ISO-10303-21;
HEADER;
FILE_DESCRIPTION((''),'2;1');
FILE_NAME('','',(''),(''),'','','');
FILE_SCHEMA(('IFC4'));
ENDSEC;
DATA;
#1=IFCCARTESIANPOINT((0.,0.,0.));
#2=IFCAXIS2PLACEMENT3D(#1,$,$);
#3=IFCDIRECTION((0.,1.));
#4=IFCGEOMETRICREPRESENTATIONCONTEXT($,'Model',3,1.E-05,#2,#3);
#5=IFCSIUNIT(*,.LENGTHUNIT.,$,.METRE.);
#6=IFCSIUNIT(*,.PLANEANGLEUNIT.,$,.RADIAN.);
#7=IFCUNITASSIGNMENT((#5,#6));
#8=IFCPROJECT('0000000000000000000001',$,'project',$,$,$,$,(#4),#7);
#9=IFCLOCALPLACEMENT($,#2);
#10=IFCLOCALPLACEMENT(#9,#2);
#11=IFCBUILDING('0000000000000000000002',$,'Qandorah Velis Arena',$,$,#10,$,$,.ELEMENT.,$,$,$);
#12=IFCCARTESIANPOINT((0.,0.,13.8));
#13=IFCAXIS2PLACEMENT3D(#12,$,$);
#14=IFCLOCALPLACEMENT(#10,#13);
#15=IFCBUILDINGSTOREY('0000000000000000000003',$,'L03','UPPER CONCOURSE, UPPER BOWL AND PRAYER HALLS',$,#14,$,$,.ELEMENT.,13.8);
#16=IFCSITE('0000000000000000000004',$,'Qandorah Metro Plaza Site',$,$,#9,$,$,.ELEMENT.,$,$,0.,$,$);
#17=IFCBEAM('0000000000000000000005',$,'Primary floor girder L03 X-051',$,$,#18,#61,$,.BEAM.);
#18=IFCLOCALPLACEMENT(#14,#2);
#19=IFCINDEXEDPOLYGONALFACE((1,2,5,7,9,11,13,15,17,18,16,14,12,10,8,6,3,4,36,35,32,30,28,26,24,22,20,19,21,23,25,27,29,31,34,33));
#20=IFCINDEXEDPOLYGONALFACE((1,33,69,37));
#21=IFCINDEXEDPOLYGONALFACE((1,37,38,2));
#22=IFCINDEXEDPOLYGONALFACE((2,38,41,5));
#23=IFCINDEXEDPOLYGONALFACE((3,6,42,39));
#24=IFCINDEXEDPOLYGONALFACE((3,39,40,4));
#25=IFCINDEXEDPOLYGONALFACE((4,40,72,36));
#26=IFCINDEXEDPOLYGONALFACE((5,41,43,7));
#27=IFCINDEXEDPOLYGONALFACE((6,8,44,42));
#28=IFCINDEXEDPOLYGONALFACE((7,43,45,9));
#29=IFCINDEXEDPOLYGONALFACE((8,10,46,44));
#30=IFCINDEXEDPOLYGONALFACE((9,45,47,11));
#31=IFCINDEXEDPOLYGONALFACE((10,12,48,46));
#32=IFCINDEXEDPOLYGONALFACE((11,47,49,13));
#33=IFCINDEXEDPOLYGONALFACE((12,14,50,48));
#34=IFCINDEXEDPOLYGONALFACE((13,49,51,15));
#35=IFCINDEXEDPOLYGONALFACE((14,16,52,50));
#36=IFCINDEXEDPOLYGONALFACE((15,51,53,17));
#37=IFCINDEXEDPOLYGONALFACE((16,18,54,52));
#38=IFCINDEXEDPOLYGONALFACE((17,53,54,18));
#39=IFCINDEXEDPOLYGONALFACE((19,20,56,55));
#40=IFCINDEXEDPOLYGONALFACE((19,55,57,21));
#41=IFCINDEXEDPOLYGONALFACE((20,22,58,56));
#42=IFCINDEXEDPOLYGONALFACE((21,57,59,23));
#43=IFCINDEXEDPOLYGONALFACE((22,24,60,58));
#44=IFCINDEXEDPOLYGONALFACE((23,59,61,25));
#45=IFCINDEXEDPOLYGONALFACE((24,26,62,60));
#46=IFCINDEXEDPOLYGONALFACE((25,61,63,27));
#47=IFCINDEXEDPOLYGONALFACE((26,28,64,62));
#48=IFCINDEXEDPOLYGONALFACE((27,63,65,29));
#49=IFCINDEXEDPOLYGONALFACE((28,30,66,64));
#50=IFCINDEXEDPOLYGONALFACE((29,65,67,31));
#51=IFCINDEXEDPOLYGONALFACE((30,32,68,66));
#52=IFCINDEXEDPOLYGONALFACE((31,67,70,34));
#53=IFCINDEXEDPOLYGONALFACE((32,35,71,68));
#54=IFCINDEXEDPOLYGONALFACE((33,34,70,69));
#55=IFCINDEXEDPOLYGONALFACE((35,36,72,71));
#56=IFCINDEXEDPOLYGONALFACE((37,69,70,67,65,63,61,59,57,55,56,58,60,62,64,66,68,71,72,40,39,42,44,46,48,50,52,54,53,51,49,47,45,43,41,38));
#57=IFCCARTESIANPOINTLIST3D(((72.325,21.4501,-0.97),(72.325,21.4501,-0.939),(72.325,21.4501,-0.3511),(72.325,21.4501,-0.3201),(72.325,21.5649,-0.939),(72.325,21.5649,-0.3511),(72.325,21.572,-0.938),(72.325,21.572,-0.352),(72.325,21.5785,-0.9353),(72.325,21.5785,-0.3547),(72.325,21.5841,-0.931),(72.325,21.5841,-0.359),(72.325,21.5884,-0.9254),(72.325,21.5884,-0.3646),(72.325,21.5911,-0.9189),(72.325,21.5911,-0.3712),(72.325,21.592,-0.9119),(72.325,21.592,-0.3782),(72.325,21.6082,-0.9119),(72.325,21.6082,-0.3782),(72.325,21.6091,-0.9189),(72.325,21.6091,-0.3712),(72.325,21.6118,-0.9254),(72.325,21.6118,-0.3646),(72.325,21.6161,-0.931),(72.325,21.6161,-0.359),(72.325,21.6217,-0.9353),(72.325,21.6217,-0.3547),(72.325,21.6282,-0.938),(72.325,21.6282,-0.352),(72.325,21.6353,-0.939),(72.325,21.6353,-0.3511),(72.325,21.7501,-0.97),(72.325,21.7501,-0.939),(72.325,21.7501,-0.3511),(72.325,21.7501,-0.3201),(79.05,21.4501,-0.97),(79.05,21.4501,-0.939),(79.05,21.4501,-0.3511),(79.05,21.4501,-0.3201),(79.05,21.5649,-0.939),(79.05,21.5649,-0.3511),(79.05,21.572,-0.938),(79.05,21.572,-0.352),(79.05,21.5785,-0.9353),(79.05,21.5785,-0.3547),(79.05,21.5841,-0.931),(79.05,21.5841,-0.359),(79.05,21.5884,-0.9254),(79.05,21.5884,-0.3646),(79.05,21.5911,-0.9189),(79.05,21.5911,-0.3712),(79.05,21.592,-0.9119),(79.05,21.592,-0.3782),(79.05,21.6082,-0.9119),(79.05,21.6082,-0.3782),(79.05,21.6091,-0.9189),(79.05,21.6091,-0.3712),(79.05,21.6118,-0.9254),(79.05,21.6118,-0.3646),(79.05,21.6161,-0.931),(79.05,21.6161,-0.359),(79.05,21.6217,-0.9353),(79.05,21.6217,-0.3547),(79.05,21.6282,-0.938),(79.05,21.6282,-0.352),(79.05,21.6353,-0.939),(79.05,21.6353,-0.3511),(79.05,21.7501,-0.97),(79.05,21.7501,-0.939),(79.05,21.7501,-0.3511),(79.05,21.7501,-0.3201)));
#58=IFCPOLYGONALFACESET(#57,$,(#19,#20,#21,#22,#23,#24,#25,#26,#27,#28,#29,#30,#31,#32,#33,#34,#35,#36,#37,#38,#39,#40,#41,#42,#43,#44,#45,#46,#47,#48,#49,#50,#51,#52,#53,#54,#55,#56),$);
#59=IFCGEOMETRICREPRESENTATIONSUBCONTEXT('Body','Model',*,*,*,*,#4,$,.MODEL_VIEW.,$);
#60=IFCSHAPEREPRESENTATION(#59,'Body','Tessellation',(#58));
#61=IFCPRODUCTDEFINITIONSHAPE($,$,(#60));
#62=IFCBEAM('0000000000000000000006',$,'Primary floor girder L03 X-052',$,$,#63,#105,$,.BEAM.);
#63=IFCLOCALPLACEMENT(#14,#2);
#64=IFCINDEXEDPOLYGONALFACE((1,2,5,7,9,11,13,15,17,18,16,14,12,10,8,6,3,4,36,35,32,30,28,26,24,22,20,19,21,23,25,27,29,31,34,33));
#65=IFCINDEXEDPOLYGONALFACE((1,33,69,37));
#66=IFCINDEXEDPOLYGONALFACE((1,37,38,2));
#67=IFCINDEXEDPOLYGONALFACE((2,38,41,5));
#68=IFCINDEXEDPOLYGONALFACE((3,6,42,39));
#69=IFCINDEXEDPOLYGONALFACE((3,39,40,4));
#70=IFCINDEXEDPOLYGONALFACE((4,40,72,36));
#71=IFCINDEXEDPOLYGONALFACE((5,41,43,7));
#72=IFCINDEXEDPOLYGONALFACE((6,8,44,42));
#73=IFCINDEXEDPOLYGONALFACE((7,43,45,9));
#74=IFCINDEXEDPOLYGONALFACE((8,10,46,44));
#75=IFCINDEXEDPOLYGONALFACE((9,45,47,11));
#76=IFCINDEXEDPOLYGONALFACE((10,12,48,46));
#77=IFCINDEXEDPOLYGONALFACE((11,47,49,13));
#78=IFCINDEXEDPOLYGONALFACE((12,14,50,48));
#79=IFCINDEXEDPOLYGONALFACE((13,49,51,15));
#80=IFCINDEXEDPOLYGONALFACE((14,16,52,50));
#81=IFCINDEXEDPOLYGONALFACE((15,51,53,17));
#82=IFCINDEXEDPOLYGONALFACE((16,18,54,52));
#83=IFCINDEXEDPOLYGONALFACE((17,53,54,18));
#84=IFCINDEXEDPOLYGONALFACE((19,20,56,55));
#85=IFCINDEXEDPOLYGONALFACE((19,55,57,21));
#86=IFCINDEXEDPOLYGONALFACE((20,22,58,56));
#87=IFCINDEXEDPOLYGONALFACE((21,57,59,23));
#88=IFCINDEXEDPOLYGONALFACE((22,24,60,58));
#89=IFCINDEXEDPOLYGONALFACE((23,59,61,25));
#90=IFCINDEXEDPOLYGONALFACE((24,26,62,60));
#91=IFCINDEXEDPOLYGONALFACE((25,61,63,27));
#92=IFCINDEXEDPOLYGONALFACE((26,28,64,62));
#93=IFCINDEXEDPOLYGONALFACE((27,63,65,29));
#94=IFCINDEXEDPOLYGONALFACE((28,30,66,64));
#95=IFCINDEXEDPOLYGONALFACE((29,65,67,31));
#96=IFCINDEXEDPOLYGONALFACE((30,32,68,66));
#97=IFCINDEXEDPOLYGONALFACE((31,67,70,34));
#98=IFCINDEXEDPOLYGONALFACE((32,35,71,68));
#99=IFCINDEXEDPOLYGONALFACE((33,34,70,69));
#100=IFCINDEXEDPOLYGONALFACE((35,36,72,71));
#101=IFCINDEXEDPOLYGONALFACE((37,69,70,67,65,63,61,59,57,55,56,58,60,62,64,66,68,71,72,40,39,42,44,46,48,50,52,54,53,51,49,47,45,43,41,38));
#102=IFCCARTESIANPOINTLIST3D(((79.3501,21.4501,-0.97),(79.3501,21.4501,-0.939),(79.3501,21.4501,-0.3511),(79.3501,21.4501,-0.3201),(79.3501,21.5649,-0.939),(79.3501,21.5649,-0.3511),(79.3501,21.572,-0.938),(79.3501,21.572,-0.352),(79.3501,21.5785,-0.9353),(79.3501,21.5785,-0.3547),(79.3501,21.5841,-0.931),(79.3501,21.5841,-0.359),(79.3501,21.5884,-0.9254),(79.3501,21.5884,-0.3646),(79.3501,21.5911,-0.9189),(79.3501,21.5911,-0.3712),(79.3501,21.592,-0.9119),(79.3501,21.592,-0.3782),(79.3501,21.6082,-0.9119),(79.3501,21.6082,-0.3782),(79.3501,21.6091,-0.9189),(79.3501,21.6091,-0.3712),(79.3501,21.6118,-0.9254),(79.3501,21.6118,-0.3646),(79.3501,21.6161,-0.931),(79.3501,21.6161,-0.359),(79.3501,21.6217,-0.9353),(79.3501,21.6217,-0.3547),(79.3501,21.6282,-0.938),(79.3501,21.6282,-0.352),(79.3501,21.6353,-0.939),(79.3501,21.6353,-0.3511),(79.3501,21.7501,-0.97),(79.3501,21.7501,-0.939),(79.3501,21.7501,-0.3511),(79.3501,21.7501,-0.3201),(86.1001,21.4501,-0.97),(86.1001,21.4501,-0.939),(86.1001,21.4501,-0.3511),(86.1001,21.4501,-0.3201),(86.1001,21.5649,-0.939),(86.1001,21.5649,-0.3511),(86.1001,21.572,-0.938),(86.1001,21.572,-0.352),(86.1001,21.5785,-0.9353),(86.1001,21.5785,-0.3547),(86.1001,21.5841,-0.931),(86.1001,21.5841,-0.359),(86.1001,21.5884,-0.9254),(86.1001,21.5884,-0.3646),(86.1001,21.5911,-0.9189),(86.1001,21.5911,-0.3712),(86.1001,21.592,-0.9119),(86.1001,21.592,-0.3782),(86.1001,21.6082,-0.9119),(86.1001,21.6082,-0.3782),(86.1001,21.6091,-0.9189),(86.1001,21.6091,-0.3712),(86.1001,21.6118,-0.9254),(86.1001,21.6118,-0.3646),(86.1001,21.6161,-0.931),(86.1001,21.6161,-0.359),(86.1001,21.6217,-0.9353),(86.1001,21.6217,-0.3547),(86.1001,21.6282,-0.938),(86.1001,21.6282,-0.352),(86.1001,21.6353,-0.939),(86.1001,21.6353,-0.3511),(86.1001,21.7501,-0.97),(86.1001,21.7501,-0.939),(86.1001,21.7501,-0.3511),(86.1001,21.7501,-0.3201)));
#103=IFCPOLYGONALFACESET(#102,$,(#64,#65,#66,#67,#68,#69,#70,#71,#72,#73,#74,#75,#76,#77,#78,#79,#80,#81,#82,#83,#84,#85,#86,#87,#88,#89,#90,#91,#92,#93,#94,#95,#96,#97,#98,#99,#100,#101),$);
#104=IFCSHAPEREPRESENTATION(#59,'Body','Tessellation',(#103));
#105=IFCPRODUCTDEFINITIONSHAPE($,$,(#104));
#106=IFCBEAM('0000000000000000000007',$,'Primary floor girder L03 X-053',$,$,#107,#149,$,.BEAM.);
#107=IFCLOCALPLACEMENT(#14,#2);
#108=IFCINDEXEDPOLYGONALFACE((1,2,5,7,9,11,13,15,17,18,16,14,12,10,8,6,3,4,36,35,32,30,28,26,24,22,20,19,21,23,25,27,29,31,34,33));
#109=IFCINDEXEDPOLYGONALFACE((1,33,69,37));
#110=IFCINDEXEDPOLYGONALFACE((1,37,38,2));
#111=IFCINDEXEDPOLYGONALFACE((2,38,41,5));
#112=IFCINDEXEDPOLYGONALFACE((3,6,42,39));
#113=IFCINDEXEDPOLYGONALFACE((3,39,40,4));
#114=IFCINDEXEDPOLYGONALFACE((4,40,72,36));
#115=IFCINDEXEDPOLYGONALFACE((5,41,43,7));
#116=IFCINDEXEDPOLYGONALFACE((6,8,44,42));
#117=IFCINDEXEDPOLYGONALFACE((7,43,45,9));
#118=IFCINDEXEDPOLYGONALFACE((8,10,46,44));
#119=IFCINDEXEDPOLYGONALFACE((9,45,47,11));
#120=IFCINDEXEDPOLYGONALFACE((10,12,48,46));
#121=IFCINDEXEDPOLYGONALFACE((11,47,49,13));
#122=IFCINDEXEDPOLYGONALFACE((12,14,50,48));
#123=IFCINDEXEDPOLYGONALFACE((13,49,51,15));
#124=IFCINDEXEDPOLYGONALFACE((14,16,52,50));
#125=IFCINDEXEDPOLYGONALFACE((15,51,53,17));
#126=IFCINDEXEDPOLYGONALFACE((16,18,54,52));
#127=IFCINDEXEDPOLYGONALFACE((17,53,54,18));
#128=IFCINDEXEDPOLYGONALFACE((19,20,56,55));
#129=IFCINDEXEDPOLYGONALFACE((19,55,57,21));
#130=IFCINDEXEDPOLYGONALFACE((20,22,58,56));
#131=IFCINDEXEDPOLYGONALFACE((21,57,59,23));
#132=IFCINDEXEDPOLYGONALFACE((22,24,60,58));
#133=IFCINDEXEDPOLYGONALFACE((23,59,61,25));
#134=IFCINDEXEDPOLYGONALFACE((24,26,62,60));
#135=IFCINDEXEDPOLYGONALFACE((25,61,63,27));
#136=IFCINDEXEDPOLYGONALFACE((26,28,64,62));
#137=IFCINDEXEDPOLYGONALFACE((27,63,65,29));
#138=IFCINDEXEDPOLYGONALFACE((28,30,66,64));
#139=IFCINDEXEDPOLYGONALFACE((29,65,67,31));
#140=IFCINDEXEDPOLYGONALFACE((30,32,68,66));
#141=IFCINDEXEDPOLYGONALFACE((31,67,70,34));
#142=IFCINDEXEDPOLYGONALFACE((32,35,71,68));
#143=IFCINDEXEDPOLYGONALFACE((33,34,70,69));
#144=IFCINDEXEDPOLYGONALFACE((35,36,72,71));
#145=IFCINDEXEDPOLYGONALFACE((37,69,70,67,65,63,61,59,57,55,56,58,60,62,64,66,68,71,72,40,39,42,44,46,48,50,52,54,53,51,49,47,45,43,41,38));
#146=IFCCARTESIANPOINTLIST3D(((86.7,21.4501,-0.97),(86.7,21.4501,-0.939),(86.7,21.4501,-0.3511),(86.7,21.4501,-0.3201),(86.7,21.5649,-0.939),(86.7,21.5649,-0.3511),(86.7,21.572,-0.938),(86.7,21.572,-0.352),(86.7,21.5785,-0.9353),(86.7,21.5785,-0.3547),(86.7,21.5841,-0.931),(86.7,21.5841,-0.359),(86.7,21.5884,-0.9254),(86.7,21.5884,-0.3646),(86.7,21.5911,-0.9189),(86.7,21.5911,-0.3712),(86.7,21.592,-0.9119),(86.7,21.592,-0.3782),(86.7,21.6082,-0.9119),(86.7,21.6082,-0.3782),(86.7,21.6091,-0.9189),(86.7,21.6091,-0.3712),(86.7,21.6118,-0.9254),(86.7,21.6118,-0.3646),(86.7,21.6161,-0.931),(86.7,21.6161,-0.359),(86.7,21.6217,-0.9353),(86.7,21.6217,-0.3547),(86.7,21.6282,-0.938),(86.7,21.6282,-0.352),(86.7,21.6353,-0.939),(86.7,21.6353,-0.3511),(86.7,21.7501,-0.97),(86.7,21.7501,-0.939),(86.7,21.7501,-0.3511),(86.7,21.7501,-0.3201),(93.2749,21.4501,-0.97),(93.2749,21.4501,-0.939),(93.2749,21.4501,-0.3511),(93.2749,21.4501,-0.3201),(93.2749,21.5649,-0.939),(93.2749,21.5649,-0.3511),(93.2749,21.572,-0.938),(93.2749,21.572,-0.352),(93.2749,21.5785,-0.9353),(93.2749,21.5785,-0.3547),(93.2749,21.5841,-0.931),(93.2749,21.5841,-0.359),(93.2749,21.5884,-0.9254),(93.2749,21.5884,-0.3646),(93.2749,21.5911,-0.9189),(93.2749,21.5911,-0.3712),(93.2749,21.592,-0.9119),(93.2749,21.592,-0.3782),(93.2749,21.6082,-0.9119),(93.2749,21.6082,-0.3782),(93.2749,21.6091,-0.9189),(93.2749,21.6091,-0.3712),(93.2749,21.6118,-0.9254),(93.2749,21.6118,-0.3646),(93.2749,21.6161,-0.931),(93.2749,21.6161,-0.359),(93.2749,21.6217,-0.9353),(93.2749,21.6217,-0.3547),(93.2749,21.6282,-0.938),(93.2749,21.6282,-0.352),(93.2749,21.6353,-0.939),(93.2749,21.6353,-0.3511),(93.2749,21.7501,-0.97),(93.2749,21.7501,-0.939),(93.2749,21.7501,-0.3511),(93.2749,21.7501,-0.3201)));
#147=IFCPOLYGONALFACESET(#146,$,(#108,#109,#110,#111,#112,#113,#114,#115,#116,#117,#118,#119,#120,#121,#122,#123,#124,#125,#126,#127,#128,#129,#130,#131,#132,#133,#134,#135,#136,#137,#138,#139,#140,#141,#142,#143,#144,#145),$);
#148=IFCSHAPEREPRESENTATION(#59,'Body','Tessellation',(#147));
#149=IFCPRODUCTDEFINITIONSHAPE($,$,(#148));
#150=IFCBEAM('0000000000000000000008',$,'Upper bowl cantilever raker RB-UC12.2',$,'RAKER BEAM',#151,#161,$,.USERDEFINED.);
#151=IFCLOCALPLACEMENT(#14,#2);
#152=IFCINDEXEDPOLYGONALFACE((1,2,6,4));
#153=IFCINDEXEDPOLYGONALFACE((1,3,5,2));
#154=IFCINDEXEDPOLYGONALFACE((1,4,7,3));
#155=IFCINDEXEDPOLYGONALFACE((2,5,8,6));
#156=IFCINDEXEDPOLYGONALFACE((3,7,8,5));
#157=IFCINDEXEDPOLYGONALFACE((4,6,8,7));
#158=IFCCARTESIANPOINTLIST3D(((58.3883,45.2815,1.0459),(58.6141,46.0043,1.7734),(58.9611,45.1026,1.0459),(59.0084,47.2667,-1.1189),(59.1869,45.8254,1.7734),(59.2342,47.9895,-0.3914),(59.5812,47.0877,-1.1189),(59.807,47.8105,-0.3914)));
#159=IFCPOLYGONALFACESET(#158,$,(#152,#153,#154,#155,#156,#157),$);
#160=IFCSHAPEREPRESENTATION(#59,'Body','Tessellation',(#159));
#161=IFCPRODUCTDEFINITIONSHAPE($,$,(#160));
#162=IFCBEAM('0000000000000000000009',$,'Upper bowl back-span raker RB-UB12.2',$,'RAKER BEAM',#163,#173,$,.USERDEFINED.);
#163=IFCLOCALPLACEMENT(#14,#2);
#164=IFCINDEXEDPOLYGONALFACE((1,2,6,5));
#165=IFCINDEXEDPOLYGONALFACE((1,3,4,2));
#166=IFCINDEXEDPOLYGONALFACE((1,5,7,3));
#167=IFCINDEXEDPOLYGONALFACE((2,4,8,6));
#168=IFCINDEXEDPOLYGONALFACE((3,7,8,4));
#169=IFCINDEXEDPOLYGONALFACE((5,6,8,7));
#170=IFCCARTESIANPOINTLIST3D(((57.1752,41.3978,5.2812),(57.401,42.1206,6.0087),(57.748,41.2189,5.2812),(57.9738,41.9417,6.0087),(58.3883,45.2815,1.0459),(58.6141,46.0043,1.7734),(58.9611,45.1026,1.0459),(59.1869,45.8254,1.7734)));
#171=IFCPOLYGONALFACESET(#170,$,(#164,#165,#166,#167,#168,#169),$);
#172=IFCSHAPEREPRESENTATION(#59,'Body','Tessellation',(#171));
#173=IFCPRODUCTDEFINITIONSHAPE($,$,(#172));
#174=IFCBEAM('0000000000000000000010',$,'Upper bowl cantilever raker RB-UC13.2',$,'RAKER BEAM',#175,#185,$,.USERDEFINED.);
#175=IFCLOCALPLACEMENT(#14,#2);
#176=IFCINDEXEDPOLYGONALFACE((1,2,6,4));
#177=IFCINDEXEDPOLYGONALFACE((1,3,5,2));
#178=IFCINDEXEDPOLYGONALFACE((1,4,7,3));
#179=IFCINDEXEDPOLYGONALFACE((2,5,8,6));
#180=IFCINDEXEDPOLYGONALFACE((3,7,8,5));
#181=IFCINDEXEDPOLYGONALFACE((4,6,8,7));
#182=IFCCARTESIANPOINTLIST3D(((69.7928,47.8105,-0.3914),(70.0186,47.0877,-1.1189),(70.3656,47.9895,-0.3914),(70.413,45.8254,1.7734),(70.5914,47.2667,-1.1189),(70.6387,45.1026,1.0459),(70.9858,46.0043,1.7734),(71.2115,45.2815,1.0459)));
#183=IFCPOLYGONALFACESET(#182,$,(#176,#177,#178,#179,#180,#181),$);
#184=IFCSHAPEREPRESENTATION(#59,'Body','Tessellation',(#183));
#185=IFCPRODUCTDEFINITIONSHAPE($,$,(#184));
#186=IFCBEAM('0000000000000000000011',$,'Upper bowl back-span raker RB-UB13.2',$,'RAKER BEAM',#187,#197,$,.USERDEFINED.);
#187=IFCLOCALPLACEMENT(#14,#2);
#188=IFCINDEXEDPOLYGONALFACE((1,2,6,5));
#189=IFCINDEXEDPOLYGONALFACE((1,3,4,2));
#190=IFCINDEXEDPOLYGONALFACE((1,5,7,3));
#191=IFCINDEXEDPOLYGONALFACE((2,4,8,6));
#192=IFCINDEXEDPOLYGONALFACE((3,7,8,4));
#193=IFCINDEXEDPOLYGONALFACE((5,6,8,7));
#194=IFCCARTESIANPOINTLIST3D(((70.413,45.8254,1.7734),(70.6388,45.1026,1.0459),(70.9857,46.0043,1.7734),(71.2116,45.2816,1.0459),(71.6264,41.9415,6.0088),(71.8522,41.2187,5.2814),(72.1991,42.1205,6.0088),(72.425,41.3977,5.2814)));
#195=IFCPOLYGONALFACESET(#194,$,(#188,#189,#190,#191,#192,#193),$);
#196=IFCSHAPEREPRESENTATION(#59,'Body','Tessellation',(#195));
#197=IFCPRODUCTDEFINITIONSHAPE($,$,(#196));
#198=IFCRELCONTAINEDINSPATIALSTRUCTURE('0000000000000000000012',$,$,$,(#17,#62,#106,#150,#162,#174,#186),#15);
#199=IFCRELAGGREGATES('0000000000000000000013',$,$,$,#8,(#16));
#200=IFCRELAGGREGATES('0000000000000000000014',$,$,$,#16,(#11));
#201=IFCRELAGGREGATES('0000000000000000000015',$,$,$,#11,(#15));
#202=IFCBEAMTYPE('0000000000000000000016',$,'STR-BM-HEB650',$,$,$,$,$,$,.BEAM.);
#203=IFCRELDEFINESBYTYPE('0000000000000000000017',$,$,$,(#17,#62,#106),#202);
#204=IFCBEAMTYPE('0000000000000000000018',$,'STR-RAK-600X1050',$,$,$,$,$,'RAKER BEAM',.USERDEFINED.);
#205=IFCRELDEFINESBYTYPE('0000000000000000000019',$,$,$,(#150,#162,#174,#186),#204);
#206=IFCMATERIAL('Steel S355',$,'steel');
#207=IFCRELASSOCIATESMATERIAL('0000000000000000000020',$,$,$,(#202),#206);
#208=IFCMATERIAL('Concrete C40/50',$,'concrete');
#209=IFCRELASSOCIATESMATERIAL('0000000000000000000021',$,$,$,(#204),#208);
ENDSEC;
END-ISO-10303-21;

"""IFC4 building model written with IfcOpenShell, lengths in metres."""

from ifc_helpers import new_model, si_unit, direction, frame, origin, origin_2d, place, context, subcontext, project, spatial, rectangle, i_section, extrude, material, material_profile, profile_set, type_object, element, save


model = new_model("IFC4")

# Units and contexts
model_context = context("Model", 3, precision=1e-05, world=origin(), true_north=direction((0.0, 1.0)))
body_context = subcontext(model_context, "Body", "Model", "MODEL_VIEW")
ifc_project = project(units=[si_unit("LENGTHUNIT", "METRE"), si_unit("PLANEANGLEUNIT", "RADIAN")], contexts=[model_context])

# Site, building, storey
site_placement = place(None, origin())
site = spatial("IfcSite", under=ifc_project, at=site_placement, Name="Qandorah Metro Plaza Site", CompositionType="ELEMENT", RefElevation=0.0)
building_placement = place(site_placement, origin())
building = spatial("IfcBuilding", under=site, at=building_placement, Name="Qandorah Velis Arena", CompositionType="ELEMENT")
storey_placement = place(building_placement, frame((0.0, 0.0, 13.8)))
storey = spatial("IfcBuildingStorey", under=building, at=storey_placement, Name="L03", Description="UPPER CONCOURSE, UPPER BOWL AND PRAYER HALLS", CompositionType="ELEMENT", Elevation=13.8)

# Shared definitions
ifc_material_1 = material(Name="Concrete C40/50", Category="concrete")

# Beams
ifc_material_2 = material(Name="Steel S355", Category="steel")
ifc_material_profile_1 = material_profile(ifc_material_2, i_section(OverallWidth=0.3, OverallDepth=0.6499, WebThickness=0.0161, FlangeThickness=0.031, FilletRadius=0.0271, at=origin_2d()), Name="HEB 650")
ifc_profile_set_1 = profile_set([ifc_material_profile_1], Name="Steel S355")
beam_type_1 = type_object("IfcBeamType", Name="STR-BM-HEB650", PredefinedType="BEAM", material=ifc_profile_set_1)
beam_1_placement = place(storey_placement, frame((72.325, 21.6001, -0.645), z_axis=(1.0, 0.0, 0.0), x_axis=(0.0, 1.0, 0.0)))
element("IfcBeam", 1, at=beam_1_placement, inside=storey, type_object=beam_type_1, Name="Primary floor girder L03 X-051", PredefinedType="BEAM", context=body_context, shape_type="SweptSolid", body=[
    extrude(i_section(OverallWidth=0.3, OverallDepth=0.6499, WebThickness=0.0161, FlangeThickness=0.031, FilletRadius=0.0271, at=origin_2d()), origin(), (0.0, 0.0, 1.0), 6.7251),
])
beam_2_placement = place(storey_placement, frame((79.3501, 21.6001, -0.645), z_axis=(1.0, 0.0, 0.0), x_axis=(0.0, 1.0, 0.0)))
element("IfcBeam", 2, at=beam_2_placement, inside=storey, type_object=beam_type_1, Name="Primary floor girder L03 X-052", PredefinedType="BEAM", context=body_context, shape_type="SweptSolid", body=[
    extrude(i_section(OverallWidth=0.3, OverallDepth=0.6499, WebThickness=0.0161, FlangeThickness=0.031, FilletRadius=0.0271, at=origin_2d()), origin(), (0.0, 0.0, 1.0), 6.75),
])
beam_3_placement = place(storey_placement, frame((86.7, 21.6001, -0.645), z_axis=(1.0, 0.0, 0.0), x_axis=(0.0, 1.0, 0.0)))
element("IfcBeam", 3, at=beam_3_placement, inside=storey, type_object=beam_type_1, Name="Primary floor girder L03 X-053", PredefinedType="BEAM", context=body_context, shape_type="SweptSolid", body=[
    extrude(i_section(OverallWidth=0.3, OverallDepth=0.6499, WebThickness=0.0161, FlangeThickness=0.031, FilletRadius=0.0271, at=origin_2d()), origin(), (0.0, 0.0, 1.0), 6.575),
])
ifc_material_profile_2 = material_profile(ifc_material_1, rectangle(XDim=0.6001, YDim=1.05, at=origin_2d()), Name="RC RAKER 600x1050")
ifc_profile_set_2 = profile_set([ifc_material_profile_2], Name="Concrete C40/50")
beam_type_2 = type_object("IfcBeamType", Name="STR-RAK-600X1050", ElementType="RAKER BEAM", PredefinedType="USERDEFINED", material=ifc_profile_set_2)
beam_4_placement = place(storey_placement, frame((58.7876, 45.5535, 1.4097), z_axis=(0.206573, 0.661279, -0.721136), x_axis=(-0.954511, 0.298175, 0.0)))
element("IfcBeam", 4, at=beam_4_placement, inside=storey, type_object=beam_type_2, Name="Upper bowl cantilever raker RB-UC12.2", ObjectType="RAKER BEAM", PredefinedType="USERDEFINED", context=body_context, shape_type="SweptSolid", body=[
    extrude(rectangle(XDim=0.6001, YDim=1.05, at=origin_2d()), origin(), (0.0, 0.0, 1.0), 3.002),
])
beam_5_placement = place(storey_placement, frame((58.7876, 45.5535, 1.4097), z_axis=(-0.206557, -0.66128, 0.72114), x_axis=(0.954518, -0.298152, 0.0)))
element("IfcBeam", 5, at=beam_5_placement, inside=storey, type_object=beam_type_2, Name="Upper bowl back-span raker RB-UB12.2", ObjectType="RAKER BEAM", PredefinedType="USERDEFINED", context=body_context, shape_type="SweptSolid", body=[
    extrude(rectangle(XDim=0.6001, YDim=1.05, at=origin_2d()), origin(), (0.0, 0.0, 1.0), 5.873),
])
beam_6_placement = place(storey_placement, frame((70.8123, 45.5535, 1.4097), z_axis=(-0.206573, 0.661279, -0.721136), x_axis=(-0.954511, -0.298175, 0.0)))
element("IfcBeam", 6, at=beam_6_placement, inside=storey, type_object=beam_type_2, Name="Upper bowl cantilever raker RB-UC13.2", ObjectType="RAKER BEAM", PredefinedType="USERDEFINED", context=body_context, shape_type="SweptSolid", body=[
    extrude(rectangle(XDim=0.6001, YDim=1.05, at=origin_2d()), origin(), (0.0, 0.0, 1.0), 3.002),
])
beam_7_placement = place(storey_placement, frame((70.8123, 45.5535, 1.4097), z_axis=(0.206596, -0.661275, 0.721134), x_axis=(0.954501, 0.298207, 0.0)))
element("IfcBeam", 7, at=beam_7_placement, inside=storey, type_object=beam_type_2, Name="Upper bowl back-span raker RB-UB13.2", ObjectType="RAKER BEAM", PredefinedType="USERDEFINED", context=body_context, shape_type="SweptSolid", body=[
    extrude(rectangle(XDim=0.6001, YDim=1.05, at=origin_2d()), origin(), (0.0, 0.0, 1.0), 5.8733),
])

save(model, "model.ifc")
